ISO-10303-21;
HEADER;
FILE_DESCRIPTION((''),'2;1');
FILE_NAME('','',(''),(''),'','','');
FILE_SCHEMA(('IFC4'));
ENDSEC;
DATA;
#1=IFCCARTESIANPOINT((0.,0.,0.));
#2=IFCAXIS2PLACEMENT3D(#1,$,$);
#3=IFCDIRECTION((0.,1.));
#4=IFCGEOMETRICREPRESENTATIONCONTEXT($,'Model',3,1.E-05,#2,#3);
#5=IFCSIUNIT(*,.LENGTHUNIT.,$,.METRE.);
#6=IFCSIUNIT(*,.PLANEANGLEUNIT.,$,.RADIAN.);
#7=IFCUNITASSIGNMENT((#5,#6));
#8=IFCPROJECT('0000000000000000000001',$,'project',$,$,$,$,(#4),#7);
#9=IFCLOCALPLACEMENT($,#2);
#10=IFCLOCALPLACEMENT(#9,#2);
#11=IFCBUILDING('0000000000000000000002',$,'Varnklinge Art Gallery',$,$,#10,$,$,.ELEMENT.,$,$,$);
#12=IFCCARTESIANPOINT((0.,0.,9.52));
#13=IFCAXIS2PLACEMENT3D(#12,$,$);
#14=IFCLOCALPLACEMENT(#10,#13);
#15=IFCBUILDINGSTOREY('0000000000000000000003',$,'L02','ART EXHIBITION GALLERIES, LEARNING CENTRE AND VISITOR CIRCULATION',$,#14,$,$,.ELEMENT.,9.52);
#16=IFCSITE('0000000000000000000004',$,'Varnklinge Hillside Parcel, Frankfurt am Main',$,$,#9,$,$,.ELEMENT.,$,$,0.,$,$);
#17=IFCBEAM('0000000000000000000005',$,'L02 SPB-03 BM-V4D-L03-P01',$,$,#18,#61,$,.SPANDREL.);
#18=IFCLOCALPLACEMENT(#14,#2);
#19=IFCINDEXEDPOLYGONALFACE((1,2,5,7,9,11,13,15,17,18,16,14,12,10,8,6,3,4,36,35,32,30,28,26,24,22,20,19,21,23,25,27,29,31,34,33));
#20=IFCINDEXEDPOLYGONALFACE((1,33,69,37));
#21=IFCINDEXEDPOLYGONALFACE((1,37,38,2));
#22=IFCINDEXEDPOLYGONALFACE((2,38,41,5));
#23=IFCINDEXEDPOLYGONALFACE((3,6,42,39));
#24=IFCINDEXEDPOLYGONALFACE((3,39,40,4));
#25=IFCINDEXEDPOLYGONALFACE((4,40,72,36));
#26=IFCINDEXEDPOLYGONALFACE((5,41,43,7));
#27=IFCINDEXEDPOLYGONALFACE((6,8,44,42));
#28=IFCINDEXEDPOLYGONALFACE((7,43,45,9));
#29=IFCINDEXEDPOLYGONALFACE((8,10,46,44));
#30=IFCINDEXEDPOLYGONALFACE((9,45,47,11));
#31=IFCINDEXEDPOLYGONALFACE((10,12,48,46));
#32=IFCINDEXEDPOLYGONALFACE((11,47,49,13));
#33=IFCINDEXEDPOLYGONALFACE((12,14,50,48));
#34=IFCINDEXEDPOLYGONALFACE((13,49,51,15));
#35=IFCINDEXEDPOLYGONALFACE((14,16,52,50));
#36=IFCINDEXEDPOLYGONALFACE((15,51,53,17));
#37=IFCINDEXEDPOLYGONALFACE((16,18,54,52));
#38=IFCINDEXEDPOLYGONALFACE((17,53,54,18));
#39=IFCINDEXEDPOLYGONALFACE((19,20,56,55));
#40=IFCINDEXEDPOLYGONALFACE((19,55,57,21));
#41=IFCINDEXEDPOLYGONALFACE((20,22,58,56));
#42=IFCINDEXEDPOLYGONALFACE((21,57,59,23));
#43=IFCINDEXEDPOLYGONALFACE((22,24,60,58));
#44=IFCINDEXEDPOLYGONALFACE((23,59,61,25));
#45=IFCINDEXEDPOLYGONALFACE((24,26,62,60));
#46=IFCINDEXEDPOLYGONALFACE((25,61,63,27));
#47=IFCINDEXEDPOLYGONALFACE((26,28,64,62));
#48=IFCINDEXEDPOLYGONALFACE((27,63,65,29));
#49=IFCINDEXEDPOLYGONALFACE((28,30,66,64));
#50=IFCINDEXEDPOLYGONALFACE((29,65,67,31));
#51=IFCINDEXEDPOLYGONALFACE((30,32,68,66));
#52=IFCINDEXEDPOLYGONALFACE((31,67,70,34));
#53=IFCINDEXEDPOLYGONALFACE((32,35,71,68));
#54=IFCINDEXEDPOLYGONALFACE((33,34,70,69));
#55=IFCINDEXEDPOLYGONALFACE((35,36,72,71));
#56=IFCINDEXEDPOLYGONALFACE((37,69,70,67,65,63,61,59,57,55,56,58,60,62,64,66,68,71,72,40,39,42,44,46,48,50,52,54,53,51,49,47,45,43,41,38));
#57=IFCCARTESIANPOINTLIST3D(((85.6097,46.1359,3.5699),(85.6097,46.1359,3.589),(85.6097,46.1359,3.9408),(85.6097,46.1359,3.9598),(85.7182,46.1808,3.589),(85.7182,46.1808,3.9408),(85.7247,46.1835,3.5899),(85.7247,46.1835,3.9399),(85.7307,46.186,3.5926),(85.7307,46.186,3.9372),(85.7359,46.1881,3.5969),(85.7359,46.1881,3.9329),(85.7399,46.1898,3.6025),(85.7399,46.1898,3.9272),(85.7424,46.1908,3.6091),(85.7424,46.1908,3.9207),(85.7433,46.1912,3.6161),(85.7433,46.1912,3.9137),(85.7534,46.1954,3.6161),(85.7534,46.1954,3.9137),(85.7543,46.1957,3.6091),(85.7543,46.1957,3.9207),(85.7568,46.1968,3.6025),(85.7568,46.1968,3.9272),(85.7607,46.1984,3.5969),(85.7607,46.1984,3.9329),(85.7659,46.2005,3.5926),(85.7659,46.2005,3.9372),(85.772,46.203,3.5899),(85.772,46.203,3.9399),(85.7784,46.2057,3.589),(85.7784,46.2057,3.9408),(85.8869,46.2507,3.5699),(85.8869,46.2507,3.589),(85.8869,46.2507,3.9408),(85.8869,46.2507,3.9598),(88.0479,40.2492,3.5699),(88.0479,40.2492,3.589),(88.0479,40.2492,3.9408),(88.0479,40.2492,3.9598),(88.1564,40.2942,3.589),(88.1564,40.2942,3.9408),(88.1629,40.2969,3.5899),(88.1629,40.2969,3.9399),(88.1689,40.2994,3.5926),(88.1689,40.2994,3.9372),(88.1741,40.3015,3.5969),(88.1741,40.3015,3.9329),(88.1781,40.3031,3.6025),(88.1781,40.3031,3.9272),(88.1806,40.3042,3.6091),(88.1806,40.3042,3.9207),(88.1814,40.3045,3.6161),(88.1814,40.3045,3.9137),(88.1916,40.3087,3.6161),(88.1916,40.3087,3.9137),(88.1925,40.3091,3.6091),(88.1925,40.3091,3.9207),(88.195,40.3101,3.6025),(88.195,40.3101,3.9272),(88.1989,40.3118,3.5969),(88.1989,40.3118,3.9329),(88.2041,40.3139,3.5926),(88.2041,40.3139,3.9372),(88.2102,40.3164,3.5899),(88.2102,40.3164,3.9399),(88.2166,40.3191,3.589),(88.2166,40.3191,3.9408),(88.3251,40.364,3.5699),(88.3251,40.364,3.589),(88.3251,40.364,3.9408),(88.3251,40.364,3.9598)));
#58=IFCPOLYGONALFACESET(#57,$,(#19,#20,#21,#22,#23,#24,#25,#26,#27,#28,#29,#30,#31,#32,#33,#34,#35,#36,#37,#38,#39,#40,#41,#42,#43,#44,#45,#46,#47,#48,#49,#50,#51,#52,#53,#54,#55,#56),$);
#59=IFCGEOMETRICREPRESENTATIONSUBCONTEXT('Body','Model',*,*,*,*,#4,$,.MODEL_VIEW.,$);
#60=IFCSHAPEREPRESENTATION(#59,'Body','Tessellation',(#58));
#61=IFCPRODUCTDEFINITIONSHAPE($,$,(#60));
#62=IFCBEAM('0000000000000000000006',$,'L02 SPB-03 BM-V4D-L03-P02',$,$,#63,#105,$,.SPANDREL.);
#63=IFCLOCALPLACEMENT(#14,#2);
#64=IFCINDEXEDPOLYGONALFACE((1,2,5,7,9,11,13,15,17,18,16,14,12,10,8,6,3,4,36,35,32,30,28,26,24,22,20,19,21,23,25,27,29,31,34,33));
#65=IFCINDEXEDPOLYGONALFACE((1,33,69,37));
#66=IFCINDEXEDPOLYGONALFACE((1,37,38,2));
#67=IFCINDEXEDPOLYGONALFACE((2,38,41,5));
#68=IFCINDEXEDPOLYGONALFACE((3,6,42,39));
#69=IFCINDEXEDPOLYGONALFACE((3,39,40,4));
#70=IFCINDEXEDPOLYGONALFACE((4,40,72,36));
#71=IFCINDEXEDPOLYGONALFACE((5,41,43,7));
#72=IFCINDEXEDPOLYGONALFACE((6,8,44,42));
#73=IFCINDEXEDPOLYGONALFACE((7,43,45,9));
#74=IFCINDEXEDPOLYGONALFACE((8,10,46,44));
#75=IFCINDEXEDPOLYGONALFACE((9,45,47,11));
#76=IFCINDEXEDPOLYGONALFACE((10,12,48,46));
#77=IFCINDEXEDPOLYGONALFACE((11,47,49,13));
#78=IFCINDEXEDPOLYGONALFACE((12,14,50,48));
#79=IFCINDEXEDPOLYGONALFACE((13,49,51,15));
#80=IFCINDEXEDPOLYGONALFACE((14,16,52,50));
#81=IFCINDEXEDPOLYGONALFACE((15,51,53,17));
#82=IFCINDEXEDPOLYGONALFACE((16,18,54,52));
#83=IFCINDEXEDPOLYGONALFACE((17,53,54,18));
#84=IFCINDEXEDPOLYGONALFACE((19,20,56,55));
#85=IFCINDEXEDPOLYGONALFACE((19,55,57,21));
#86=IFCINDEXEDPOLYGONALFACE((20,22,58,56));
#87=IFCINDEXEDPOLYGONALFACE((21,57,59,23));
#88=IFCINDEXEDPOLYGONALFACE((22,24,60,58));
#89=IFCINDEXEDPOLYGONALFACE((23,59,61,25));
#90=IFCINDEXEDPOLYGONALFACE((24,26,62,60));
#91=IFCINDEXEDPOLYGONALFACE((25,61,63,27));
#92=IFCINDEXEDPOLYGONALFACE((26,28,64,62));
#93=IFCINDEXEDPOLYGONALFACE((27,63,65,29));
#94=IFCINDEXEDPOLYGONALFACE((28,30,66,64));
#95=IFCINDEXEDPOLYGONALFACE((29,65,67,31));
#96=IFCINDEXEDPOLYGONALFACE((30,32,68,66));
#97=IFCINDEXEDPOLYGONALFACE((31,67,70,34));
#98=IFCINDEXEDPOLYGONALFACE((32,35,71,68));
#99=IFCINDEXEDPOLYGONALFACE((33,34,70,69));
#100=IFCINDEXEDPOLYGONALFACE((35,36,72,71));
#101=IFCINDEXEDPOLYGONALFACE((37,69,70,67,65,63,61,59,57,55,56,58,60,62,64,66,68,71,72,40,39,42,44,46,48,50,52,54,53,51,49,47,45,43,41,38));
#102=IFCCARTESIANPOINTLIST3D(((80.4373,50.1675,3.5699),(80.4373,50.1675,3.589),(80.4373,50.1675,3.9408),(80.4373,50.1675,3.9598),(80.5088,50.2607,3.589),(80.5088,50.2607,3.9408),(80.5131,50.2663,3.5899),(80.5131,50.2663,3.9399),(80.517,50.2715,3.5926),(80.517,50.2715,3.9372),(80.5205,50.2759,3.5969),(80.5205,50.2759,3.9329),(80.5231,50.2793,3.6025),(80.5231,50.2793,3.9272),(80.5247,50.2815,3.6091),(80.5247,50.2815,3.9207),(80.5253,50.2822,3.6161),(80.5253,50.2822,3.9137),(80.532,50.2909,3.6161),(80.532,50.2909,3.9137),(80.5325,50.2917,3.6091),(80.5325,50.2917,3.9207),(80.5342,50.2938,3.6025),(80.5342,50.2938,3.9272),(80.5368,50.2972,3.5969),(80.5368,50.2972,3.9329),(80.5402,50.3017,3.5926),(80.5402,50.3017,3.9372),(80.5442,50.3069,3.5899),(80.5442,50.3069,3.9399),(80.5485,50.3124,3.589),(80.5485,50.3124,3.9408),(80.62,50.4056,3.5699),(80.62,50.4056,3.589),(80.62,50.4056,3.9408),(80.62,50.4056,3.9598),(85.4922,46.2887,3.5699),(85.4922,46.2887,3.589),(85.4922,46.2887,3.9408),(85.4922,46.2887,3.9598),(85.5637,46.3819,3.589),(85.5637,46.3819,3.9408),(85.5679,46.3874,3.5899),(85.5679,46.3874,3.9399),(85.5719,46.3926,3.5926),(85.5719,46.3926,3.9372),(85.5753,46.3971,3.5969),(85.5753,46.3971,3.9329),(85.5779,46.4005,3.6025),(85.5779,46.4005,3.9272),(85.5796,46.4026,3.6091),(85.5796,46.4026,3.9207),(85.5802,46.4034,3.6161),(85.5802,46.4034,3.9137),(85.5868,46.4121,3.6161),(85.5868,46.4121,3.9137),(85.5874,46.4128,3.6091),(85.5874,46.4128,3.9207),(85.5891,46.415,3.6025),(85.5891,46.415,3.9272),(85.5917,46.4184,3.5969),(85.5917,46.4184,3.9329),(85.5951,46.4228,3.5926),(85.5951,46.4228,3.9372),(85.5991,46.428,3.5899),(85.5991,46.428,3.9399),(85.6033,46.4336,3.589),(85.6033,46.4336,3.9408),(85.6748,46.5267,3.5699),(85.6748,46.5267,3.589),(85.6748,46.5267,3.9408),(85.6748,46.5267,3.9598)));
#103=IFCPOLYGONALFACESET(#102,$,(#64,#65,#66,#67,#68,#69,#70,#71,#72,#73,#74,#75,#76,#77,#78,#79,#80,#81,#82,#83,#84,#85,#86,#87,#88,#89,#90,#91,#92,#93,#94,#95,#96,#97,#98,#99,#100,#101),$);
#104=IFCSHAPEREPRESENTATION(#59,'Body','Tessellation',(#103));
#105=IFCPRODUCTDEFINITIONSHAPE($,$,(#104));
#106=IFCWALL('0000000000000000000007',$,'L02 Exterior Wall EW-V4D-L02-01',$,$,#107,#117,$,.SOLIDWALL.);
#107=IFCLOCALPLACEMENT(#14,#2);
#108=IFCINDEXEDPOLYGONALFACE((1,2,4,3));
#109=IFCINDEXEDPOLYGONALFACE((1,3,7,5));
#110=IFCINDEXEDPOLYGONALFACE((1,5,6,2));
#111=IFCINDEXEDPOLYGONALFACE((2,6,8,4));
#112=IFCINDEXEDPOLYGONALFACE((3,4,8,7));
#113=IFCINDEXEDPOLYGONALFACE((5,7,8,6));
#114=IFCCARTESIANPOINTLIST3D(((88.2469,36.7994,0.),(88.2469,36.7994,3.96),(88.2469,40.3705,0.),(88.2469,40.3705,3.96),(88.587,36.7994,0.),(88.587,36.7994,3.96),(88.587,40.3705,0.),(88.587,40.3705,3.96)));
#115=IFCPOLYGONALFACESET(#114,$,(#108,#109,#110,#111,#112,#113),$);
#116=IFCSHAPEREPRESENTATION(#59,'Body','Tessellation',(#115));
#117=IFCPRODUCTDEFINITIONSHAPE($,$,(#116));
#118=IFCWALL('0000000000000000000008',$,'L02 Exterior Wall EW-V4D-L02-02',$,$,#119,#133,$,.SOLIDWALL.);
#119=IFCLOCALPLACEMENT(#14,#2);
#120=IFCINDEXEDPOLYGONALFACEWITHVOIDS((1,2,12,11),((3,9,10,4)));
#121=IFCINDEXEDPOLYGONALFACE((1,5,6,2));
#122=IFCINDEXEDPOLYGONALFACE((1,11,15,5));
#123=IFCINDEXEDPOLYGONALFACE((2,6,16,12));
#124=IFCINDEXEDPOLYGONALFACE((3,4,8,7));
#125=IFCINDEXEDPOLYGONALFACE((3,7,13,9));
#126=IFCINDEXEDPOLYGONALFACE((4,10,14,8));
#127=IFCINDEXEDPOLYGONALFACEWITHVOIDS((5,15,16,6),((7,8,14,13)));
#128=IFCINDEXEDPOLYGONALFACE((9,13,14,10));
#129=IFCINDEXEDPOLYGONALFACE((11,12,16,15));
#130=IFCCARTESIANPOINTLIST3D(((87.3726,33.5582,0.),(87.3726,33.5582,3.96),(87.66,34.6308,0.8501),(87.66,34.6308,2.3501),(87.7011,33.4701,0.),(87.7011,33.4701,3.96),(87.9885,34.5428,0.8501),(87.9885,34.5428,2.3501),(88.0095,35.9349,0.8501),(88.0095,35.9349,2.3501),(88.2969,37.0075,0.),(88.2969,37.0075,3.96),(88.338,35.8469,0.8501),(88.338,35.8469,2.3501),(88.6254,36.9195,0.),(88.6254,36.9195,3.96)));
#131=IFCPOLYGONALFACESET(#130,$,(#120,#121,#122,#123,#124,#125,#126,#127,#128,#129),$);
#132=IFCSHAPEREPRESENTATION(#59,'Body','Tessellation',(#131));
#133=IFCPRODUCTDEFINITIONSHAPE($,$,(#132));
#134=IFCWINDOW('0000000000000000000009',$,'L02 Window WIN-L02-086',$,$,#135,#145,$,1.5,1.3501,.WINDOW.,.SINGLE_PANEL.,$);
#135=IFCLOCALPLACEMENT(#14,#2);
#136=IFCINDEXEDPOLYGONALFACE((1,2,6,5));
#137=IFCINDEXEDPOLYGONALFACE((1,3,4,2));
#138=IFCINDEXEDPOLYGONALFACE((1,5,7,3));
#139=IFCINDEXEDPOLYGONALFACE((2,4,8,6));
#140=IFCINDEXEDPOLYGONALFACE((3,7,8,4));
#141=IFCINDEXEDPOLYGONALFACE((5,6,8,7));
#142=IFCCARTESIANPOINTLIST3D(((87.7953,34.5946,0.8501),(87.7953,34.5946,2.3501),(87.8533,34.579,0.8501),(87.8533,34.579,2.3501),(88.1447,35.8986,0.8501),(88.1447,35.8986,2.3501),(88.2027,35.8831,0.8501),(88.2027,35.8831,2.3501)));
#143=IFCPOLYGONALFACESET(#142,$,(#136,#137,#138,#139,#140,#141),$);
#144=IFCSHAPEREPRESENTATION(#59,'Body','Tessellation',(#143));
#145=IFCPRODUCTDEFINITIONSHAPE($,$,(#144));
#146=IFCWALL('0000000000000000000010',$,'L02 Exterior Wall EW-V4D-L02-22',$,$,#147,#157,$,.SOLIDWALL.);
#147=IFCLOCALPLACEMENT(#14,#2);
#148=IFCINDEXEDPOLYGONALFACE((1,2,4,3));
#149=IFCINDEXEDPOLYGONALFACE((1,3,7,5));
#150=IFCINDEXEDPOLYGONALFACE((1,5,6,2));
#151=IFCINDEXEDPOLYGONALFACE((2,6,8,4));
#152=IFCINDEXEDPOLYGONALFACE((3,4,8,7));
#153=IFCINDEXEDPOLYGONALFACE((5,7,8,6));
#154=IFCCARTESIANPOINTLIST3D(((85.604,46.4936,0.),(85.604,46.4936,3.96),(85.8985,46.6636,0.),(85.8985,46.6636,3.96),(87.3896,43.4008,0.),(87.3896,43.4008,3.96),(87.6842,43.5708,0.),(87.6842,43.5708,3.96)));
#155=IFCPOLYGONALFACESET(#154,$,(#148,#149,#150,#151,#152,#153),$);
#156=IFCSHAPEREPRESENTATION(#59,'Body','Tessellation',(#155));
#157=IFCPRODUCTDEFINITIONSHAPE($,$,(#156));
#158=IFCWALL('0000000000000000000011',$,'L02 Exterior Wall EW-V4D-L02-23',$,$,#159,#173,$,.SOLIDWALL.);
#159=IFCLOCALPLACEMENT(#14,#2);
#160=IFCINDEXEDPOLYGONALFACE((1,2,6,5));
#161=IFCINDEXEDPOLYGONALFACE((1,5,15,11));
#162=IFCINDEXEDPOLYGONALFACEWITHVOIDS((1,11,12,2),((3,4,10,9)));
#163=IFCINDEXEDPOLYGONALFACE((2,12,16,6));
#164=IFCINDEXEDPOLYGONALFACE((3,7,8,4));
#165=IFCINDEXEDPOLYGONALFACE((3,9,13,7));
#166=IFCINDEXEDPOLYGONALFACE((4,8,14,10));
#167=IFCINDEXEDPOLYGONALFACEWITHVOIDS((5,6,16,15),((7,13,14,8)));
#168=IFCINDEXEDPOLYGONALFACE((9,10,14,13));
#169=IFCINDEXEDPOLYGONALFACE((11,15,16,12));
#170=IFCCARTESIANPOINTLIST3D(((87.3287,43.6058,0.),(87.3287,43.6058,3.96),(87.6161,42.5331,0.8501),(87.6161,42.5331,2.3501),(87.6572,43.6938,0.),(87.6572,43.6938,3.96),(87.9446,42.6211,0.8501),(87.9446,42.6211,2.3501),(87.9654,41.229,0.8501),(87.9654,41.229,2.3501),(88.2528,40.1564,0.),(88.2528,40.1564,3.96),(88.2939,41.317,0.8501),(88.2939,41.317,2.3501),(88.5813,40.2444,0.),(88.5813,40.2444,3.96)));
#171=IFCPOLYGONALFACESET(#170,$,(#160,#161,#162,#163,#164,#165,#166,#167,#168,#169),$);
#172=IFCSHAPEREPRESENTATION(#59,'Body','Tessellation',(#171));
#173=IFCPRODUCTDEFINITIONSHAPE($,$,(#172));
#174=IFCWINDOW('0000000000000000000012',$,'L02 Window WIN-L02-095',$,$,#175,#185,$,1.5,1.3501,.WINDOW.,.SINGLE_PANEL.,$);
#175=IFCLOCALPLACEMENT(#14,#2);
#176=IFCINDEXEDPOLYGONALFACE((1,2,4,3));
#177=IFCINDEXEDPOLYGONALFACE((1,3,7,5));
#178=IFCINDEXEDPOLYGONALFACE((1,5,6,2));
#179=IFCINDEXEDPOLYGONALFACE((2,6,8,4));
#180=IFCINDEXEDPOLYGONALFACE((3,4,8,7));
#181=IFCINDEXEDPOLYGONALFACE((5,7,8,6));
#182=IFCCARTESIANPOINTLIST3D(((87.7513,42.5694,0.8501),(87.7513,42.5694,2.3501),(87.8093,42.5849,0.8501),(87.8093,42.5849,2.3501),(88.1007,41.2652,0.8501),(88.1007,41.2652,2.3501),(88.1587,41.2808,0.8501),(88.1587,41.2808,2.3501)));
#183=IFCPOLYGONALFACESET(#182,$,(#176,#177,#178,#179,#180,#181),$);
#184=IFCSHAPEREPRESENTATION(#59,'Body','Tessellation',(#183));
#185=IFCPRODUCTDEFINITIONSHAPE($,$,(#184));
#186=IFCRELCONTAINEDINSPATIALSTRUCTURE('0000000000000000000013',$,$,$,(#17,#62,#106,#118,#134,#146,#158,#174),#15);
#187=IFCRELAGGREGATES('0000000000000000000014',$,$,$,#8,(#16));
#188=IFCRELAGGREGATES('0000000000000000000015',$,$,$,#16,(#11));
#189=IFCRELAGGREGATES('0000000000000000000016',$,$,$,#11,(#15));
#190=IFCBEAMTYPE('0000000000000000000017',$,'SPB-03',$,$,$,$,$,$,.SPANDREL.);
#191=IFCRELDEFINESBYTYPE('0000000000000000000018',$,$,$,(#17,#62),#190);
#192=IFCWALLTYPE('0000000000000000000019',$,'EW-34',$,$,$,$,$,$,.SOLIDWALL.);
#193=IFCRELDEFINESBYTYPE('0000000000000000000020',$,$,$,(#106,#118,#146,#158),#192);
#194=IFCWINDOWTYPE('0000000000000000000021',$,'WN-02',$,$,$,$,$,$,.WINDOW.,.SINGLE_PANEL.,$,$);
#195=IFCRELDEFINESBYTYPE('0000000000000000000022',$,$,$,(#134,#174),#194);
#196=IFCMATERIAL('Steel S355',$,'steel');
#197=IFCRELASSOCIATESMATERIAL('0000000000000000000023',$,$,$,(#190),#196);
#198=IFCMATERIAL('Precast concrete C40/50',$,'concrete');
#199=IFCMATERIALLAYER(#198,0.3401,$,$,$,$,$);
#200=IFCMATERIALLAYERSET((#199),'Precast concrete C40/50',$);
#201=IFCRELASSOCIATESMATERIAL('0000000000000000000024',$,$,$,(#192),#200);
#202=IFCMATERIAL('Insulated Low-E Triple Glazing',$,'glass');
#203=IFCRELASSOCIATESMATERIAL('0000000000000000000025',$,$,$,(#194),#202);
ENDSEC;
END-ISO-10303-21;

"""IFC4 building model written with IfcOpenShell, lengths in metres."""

from ifc_helpers import new_model, si_unit, direction, frame, frame_2d, origin, origin_2d, place, context, subcontext, project, spatial, rectangle, i_section, extrude, material, layer, layer_set, material_profile, profile_set, type_object, element, fill, save


model = new_model("IFC4")

# Units and contexts
model_context = context("Model", 3, precision=1e-05, world=origin(), true_north=direction((0.0, 1.0)))
body_context = subcontext(model_context, "Body", "Model", "MODEL_VIEW")
ifc_project = project(units=[si_unit("LENGTHUNIT", "METRE"), si_unit("PLANEANGLEUNIT", "RADIAN")], contexts=[model_context])

# Site, building, storey
site_placement = place(None, origin())
site = spatial("IfcSite", under=ifc_project, at=site_placement, Name="Varnklinge Hillside Parcel, Frankfurt am Main", CompositionType="ELEMENT", RefElevation=0.0)
building_placement = place(site_placement, origin())
building = spatial("IfcBuilding", under=site, at=building_placement, Name="Varnklinge Art Gallery", CompositionType="ELEMENT")
storey_placement = place(building_placement, frame((0.0, 0.0, 9.52)))
storey = spatial("IfcBuildingStorey", under=building, at=storey_placement, Name="L02", Description="ART EXHIBITION GALLERIES, LEARNING CENTRE AND VISITOR CIRCULATION", CompositionType="ELEMENT", Elevation=9.52)

# Beams
ifc_material_1 = material(Name="Steel S355", Category="steel")
ifc_material_profile_1 = material_profile(ifc_material_1, i_section(OverallWidth=0.3, OverallDepth=0.3899, WebThickness=0.011, FlangeThickness=0.019, FilletRadius=0.0271, at=origin_2d()), Name="HEA 400")
ifc_profile_set_1 = profile_set([ifc_material_profile_1], Name="Steel S355")
beam_type_1 = type_object("IfcBeamType", Name="SPB-03", PredefinedType="SPANDREL", material=ifc_profile_set_1)
for number, where, z_axis, x_axis, name in (
    (1, (88.1865, 40.3066, 3.7649), (-0.382667, 0.923887, 0.0), (-0.923887, -0.382667, 0.0), "L02 SPB-03 BM-V4D-L03-P01"),
    (2, (85.5835, 46.4077, 3.7649), (-0.793344, 0.608773, 0.0), (-0.608773, -0.793344, 0.0), "L02 SPB-03 BM-V4D-L03-P02"),
):
    element("IfcBeam", number, at=place(storey_placement, frame(where, z_axis=z_axis, x_axis=x_axis)), inside=storey, type_object=beam_type_1, Name=name, PredefinedType="SPANDREL", context=body_context, shape_type="SweptSolid", body=[
        extrude(i_section(OverallWidth=0.3, OverallDepth=0.3899, WebThickness=0.011, FlangeThickness=0.019, FilletRadius=0.0271, at=origin_2d()), origin(), (0.0, 0.0, 1.0), 6.3716),
    ])

# Wall
ifc_material_2 = material(Name="Precast concrete C40/50", Category="concrete")
ifc_layer_1 = layer(ifc_material_2, 0.3401)
ifc_layer_set_1 = layer_set([ifc_layer_1], Name="Precast concrete C40/50")
wall_type = type_object("IfcWallType", Name="EW-34", PredefinedType="SOLIDWALL", material=ifc_layer_set_1)
wall_1_placement = place(storey_placement, frame((88.417, 40.3706, 0.0), z_axis=(0.0, 0.0, 1.0), x_axis=(0.0, -1.0, 0.0)))
element("IfcWall", 3, at=wall_1_placement, inside=storey, type_object=wall_type, Name="L02 Exterior Wall EW-V4D-L02-01", PredefinedType="SOLIDWALL", context=body_context, shape_type="SweptSolid", body=[
    extrude(rectangle(XDim=3.571, YDim=0.3401, at=frame_2d((1.7856, 0.0))), origin(), (0.0, 0.0, 1.0), 3.96),
])

# Wall, opening, window
wall_2_placement = place(storey_placement, frame((88.4612, 36.9636, 0.0), z_axis=(0.0, 0.0, 1.0), x_axis=(-0.258828, -0.965923, 0.0)))
wall_2 = element("IfcWall", 4, at=wall_2_placement, inside=storey, type_object=wall_type, Name="L02 Exterior Wall EW-V4D-L02-02", PredefinedType="SOLIDWALL", context=body_context, shape_type="SweptSolid", body=[
    extrude(rectangle(XDim=3.571, YDim=0.3401, at=frame_2d((1.7856, 0.0))), origin(), (0.0, 0.0, 1.0), 3.96),
])
opening_1_placement = place(wall_2_placement, frame((1.1106, 0.0, 0.8501)))
opening_1 = element("IfcOpeningElement", 5, at=opening_1_placement, cuts=wall_2, PredefinedType="OPENING", context=body_context, shape_type="SweptSolid", body=[
    extrude(rectangle(XDim=1.3501, YDim=1.5, at=frame_2d((0.675, 0.75))), frame((0.0, 0.1799, 0.0), z_axis=(0.0, -1.0, 0.0), x_axis=(1.0, 0.0, 0.0)), (0.0, 0.0, 1.0), 0.3601),
])
ifc_material_3 = material(Name="Insulated Low-E Triple Glazing", Category="glass")
window_type = type_object("IfcWindowType", Name="WN-02", PartitioningType="SINGLE_PANEL", PredefinedType="WINDOW", material=ifc_material_3)
window_1_placement = place(opening_1_placement, origin())
window_1 = element("IfcWindow", 6, at=window_1_placement, inside=storey, type_object=window_type, Name="L02 Window WIN-L02-086", OverallHeight=1.5, OverallWidth=1.3501, PartitioningType="SINGLE_PANEL", PredefinedType="WINDOW", context=body_context, shape_type="SweptSolid", body=[
    extrude(rectangle(XDim=1.3501, YDim=1.5, at=frame_2d((0.675, 0.75))), frame((0.0, 0.03, 0.0), z_axis=(0.0, -1.0, 0.0), x_axis=(1.0, 0.0, 0.0)), (0.0, 0.0, 1.0), 0.0601),
])
fill(opening_1, window_1)

# Wall
wall_3_placement = place(storey_placement, frame((85.7512, 46.5786, 0.0), z_axis=(0.0, 0.0, 1.0), x_axis=(0.500007, -0.866022, 0.0)))
element("IfcWall", 7, at=wall_3_placement, inside=storey, type_object=wall_type, Name="L02 Exterior Wall EW-V4D-L02-22", PredefinedType="SOLIDWALL", context=body_context, shape_type="SweptSolid", body=[
    extrude(rectangle(XDim=3.5713, YDim=0.3401, at=frame_2d((1.7856, 0.0))), origin(), (0.0, 0.0, 1.0), 3.96),
])

# Wall, opening, window
wall_4_placement = place(storey_placement, frame((87.4929, 43.6499, 0.0), z_axis=(0.0, 0.0, 1.0), x_axis=(0.258765, -0.96594, 0.0)))
wall_4 = element("IfcWall", 8, at=wall_4_placement, inside=storey, type_object=wall_type, Name="L02 Exterior Wall EW-V4D-L02-23", PredefinedType="SOLIDWALL", context=body_context, shape_type="SweptSolid", body=[
    extrude(rectangle(XDim=3.571, YDim=0.3401, at=frame_2d((1.7856, 0.0))), origin(), (0.0, 0.0, 1.0), 3.96),
])
opening_2_placement = place(wall_4_placement, frame((1.1106, 0.0, 0.8501)))
opening_2 = element("IfcOpeningElement", 9, at=opening_2_placement, cuts=wall_4, PredefinedType="OPENING", context=body_context, shape_type="SweptSolid", body=[
    extrude(rectangle(XDim=1.3501, YDim=1.5, at=frame_2d((0.675, 0.75))), frame((0.0, 0.1799, 0.0), z_axis=(0.0, -1.0, 0.0), x_axis=(1.0, 0.0, 0.0)), (0.0, 0.0, 1.0), 0.3601),
])
window_2_placement = place(opening_2_placement, origin())
window_2 = element("IfcWindow", 10, at=window_2_placement, inside=storey, type_object=window_type, Name="L02 Window WIN-L02-095", OverallHeight=1.5, OverallWidth=1.3501, PartitioningType="SINGLE_PANEL", PredefinedType="WINDOW", context=body_context, shape_type="SweptSolid", body=[
    extrude(rectangle(XDim=1.3501, YDim=1.5, at=frame_2d((0.675, 0.75))), frame((0.0, 0.03, 0.0), z_axis=(0.0, -1.0, 0.0), x_axis=(1.0, 0.0, 0.0)), (0.0, 0.0, 1.0), 0.0601),
])
fill(opening_2, window_2)

save(model, "model.ifc")
